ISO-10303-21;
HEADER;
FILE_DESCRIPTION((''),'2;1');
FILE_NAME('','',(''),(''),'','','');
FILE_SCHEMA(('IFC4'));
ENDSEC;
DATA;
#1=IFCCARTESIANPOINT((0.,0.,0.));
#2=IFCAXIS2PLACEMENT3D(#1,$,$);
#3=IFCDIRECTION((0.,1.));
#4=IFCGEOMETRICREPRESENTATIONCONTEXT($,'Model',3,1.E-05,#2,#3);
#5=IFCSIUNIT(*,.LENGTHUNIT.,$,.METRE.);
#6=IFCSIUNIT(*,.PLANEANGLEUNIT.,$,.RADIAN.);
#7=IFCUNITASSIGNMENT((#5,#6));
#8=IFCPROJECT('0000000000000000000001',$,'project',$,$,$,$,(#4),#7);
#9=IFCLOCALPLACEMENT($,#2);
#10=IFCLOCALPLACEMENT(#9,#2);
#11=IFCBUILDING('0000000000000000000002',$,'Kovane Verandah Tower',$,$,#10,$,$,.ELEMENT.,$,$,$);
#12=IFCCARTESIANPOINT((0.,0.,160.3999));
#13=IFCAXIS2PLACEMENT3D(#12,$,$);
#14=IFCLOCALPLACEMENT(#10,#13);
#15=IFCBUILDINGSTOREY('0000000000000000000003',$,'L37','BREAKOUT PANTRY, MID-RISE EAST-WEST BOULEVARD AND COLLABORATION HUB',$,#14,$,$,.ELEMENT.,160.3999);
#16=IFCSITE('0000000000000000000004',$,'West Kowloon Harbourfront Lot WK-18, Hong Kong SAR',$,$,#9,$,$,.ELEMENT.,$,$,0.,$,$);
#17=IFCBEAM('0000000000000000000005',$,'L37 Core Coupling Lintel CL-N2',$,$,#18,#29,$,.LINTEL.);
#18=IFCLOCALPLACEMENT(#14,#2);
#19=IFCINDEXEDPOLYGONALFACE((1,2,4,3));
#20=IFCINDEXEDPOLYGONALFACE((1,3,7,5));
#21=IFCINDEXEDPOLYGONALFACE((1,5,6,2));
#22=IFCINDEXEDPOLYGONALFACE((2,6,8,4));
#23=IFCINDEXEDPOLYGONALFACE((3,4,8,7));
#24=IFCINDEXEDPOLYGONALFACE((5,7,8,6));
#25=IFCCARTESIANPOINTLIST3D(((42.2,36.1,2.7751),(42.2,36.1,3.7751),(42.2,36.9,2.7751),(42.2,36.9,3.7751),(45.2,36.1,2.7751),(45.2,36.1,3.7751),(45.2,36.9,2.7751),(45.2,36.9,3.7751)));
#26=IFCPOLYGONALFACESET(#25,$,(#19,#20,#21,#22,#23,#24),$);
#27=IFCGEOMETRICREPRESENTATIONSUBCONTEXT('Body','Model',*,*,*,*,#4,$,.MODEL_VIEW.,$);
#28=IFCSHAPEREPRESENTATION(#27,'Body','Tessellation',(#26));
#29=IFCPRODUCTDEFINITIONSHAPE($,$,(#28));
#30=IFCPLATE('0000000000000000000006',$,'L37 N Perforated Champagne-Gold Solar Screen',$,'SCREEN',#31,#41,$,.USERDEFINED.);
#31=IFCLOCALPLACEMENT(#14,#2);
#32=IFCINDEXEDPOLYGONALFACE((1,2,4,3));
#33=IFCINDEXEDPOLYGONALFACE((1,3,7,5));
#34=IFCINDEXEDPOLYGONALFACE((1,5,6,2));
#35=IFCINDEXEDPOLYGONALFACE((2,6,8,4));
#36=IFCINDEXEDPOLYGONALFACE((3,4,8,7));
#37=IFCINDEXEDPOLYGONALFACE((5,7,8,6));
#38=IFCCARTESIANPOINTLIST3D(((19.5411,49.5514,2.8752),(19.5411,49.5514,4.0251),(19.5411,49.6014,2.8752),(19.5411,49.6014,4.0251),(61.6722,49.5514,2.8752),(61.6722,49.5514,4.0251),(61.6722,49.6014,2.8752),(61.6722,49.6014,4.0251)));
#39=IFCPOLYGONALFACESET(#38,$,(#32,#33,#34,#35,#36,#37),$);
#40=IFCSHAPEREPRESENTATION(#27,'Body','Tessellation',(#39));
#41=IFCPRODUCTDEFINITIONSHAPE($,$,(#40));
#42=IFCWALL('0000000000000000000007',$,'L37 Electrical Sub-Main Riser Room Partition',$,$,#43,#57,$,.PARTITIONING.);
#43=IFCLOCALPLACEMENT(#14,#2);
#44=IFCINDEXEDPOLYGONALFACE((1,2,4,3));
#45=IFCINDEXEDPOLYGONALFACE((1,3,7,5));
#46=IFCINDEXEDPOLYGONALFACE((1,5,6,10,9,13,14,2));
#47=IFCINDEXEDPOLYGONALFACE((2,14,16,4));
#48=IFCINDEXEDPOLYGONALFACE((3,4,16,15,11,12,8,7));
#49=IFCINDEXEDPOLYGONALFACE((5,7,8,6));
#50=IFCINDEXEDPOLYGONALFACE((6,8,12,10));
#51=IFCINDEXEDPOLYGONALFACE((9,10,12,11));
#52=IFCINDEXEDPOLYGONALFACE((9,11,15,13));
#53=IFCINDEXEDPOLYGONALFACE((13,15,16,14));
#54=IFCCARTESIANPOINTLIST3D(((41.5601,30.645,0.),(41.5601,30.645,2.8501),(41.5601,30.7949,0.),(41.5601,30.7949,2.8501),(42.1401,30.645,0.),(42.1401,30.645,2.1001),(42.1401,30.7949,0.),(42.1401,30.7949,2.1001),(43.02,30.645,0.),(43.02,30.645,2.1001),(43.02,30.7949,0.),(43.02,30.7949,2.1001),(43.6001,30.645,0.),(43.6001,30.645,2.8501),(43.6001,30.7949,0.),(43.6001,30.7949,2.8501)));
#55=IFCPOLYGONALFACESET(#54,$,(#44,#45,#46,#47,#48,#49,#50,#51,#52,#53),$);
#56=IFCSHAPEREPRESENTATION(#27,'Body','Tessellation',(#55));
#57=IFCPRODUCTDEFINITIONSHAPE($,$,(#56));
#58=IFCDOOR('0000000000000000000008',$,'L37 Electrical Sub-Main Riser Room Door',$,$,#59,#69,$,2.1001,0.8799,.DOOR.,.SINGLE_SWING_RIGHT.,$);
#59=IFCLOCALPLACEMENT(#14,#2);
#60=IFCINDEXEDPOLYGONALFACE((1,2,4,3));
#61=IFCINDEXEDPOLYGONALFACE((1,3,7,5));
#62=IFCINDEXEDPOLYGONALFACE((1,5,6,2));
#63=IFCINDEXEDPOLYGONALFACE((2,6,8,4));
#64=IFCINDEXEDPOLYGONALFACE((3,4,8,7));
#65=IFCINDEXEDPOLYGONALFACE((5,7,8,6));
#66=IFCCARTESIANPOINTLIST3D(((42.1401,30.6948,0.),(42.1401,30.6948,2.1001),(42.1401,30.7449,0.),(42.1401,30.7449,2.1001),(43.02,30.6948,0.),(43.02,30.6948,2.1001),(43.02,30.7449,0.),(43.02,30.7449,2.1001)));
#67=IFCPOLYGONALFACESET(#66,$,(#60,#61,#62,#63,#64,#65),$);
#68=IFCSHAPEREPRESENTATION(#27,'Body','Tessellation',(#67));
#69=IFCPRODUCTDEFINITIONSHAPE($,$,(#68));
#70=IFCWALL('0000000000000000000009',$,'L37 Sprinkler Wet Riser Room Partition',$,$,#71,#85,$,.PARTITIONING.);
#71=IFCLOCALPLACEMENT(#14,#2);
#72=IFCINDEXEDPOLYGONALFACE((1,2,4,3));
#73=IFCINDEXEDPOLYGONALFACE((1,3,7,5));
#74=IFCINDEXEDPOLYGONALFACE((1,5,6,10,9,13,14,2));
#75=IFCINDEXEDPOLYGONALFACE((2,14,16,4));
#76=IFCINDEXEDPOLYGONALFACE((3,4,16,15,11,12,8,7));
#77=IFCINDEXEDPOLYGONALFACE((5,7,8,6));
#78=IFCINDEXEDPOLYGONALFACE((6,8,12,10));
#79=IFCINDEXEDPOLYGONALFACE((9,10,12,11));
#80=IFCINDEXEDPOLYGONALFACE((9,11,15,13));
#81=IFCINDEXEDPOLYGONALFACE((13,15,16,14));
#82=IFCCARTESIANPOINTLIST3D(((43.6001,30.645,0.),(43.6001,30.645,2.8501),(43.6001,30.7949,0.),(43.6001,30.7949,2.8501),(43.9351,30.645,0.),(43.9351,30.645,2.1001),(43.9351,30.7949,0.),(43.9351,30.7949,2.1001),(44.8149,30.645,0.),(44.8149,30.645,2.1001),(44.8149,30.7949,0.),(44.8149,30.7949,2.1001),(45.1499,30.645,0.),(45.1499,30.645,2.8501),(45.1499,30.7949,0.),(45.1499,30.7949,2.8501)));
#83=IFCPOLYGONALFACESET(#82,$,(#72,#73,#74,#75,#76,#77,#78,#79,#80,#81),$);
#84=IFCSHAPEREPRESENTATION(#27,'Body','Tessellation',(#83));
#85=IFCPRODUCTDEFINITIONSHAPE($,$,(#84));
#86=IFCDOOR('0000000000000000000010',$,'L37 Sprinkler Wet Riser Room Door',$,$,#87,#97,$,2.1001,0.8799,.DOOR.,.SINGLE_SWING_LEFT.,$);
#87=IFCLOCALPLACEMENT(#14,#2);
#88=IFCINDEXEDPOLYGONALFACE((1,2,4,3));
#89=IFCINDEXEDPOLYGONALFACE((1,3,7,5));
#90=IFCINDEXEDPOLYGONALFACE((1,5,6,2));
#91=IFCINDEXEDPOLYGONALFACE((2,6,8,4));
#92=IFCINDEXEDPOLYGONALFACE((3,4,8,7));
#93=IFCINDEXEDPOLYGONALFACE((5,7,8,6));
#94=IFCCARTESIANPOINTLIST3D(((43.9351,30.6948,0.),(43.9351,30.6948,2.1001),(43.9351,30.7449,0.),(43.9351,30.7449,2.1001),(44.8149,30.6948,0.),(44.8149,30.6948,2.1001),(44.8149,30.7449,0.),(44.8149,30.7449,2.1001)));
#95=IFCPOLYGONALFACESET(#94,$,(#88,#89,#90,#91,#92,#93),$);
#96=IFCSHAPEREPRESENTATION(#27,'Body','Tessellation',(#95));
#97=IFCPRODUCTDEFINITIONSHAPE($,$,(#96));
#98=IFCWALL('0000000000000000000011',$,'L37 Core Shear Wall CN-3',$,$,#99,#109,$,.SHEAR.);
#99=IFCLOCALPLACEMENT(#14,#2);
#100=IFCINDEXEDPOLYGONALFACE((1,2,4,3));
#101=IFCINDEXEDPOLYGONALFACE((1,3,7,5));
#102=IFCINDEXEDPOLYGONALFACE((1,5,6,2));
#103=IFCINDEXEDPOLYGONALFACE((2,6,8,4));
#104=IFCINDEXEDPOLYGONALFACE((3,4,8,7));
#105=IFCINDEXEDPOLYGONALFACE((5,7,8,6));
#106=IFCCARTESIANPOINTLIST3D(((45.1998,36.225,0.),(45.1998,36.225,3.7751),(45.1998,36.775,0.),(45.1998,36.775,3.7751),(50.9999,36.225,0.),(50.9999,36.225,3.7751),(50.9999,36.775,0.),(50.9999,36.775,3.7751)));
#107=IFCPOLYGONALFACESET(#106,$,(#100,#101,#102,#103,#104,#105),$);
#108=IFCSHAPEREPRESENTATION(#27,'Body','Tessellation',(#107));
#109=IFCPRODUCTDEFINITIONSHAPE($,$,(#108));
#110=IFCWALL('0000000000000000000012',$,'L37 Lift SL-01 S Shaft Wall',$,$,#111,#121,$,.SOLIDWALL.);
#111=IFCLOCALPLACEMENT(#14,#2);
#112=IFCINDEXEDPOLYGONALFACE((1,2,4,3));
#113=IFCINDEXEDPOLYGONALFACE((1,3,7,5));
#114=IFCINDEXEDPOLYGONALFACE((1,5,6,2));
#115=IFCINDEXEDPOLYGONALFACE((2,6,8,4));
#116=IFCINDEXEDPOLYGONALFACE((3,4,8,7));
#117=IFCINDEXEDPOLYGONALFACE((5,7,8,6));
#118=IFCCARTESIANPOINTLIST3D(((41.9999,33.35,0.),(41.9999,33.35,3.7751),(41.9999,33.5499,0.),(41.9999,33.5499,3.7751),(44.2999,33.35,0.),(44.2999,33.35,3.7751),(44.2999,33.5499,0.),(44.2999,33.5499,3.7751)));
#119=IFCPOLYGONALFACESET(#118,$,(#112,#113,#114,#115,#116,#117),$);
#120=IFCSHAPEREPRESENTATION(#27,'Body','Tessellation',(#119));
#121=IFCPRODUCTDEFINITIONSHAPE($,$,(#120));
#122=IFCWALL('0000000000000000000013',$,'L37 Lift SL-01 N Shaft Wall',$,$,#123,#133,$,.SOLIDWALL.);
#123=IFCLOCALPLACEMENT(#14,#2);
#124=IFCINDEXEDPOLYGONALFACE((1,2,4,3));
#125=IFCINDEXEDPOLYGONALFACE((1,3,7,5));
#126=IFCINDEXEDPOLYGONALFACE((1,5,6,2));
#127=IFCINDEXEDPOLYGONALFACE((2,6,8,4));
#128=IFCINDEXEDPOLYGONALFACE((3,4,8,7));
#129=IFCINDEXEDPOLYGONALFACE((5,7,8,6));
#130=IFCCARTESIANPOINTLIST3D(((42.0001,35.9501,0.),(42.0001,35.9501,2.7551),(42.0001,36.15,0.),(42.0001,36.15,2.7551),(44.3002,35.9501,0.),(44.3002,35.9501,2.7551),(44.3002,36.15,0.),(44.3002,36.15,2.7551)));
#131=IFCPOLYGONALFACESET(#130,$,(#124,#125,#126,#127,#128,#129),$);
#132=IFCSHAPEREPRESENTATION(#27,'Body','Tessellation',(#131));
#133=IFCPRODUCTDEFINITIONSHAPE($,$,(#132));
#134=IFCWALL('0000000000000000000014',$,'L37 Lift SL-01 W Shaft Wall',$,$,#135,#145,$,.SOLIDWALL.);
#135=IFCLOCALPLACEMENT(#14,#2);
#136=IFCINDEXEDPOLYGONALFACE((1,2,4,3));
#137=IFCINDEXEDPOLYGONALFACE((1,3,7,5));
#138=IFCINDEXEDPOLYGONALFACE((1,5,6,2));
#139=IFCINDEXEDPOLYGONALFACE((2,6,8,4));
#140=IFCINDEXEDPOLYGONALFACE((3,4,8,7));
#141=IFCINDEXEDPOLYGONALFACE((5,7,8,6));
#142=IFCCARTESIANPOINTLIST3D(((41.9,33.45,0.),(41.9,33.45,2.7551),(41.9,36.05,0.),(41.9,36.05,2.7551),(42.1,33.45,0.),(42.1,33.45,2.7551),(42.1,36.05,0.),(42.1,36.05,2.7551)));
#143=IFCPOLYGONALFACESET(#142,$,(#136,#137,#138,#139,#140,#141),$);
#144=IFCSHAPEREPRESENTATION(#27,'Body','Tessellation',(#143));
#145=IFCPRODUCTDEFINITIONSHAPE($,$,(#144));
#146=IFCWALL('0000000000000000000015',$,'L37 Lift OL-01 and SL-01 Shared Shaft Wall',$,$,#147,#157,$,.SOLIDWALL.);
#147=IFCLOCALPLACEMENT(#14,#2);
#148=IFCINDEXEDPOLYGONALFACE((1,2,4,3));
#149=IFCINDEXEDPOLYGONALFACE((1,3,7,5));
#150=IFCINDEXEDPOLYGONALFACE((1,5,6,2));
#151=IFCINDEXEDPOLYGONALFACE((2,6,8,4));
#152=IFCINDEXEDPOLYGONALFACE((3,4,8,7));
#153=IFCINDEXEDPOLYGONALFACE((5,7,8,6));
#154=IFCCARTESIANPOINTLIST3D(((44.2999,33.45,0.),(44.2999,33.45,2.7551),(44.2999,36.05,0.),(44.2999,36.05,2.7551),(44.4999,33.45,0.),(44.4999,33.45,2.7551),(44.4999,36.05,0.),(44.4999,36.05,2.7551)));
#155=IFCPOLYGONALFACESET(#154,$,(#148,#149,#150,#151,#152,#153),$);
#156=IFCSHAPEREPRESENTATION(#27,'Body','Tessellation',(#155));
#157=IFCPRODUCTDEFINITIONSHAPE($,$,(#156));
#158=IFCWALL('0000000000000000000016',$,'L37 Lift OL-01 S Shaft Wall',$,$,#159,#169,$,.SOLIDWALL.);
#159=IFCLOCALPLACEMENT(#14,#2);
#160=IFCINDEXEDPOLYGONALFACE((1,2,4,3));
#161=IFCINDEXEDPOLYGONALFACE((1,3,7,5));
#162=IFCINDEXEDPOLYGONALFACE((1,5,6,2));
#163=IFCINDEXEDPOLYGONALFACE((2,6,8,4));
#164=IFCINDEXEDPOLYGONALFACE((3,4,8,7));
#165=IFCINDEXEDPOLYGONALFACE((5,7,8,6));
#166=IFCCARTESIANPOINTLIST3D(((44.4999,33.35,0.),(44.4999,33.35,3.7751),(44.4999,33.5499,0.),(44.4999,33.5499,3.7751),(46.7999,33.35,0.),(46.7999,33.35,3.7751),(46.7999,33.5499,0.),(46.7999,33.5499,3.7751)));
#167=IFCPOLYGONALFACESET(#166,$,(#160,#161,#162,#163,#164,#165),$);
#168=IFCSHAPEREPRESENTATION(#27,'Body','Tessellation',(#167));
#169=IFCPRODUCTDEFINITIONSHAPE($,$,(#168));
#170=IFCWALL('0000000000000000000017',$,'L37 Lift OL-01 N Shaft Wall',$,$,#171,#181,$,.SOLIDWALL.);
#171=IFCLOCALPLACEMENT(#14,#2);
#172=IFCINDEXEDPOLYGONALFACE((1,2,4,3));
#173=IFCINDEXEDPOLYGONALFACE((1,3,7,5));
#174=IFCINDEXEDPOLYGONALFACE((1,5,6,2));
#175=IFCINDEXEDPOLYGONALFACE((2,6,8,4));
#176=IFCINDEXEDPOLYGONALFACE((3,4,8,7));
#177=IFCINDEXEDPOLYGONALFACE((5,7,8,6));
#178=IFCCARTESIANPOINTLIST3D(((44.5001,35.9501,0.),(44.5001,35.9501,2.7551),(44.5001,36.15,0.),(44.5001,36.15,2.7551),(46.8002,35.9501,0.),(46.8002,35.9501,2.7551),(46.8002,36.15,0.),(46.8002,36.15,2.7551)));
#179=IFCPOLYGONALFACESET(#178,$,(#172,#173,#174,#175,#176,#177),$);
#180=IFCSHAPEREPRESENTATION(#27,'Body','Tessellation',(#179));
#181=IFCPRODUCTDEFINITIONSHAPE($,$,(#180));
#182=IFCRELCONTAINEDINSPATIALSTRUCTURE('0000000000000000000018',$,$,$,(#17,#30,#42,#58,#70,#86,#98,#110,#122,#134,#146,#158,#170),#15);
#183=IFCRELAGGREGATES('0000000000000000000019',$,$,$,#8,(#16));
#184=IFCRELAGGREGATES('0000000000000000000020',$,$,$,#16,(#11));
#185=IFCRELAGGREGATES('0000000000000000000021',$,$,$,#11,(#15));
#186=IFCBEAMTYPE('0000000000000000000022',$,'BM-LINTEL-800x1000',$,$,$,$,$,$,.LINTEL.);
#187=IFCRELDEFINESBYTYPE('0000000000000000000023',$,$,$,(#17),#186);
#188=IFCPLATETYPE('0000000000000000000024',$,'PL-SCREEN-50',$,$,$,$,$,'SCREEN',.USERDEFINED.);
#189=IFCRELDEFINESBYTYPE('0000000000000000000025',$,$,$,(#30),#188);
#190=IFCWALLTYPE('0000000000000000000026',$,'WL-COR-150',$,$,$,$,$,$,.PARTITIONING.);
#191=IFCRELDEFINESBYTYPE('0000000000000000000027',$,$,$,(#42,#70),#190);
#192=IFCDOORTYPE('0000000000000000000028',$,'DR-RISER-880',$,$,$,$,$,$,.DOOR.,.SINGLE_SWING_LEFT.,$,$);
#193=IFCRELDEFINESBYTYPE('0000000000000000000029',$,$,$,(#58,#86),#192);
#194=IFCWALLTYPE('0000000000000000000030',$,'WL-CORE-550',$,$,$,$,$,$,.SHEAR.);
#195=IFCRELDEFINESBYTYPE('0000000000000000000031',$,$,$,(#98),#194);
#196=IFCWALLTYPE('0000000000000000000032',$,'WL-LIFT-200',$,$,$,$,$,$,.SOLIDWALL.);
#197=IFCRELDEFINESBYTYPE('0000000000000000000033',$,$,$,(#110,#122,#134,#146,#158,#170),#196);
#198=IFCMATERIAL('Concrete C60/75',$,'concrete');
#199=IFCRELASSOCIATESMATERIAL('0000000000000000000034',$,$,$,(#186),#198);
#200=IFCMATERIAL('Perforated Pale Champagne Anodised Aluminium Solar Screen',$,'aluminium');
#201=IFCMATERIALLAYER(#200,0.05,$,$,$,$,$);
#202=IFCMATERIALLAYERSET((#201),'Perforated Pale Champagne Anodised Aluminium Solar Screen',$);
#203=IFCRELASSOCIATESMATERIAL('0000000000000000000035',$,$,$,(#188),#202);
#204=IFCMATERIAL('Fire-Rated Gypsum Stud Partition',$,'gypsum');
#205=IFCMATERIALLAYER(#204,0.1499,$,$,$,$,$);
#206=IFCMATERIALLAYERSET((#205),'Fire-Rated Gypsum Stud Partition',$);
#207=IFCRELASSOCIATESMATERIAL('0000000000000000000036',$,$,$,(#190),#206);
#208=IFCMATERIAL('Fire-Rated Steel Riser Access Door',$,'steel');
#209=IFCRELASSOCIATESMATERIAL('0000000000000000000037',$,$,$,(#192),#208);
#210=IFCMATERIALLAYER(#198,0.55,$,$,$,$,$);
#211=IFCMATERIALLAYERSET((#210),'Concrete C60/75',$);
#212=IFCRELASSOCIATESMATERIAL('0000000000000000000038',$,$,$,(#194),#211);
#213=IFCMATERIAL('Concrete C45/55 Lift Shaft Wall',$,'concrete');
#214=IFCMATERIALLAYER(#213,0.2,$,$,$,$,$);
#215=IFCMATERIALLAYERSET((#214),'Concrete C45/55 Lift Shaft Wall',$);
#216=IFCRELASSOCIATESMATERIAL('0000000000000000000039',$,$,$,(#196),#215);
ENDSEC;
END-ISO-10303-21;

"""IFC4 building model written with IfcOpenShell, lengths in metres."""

from ifc_helpers import new_model, si_unit, direction, frame, frame_2d, origin, origin_2d, place, context, subcontext, project, spatial, rectangle, extrude, material, layer, layer_set, material_profile, profile_set, type_object, element, fill, save


model = new_model("IFC4")

# Units and contexts
model_context = context("Model", 3, precision=1e-05, world=origin(), true_north=direction((0.0, 1.0)))
body_context = subcontext(model_context, "Body", "Model", "MODEL_VIEW")
ifc_project = project(units=[si_unit("LENGTHUNIT", "METRE"), si_unit("PLANEANGLEUNIT", "RADIAN")], contexts=[model_context])

# Site, building, storey
site_placement = place(None, origin())
site = spatial("IfcSite", under=ifc_project, at=site_placement, Name="West Kowloon Harbourfront Lot WK-18, Hong Kong SAR", CompositionType="ELEMENT", RefElevation=0.0)
building_placement = place(site_placement, origin())
building = spatial("IfcBuilding", under=site, at=building_placement, Name="Kovane Verandah Tower", CompositionType="ELEMENT")
storey_placement = place(building_placement, frame((0.0, 0.0, 160.3999)))
storey = spatial("IfcBuildingStorey", under=building, at=storey_placement, Name="L37", Description="BREAKOUT PANTRY, MID-RISE EAST-WEST BOULEVARD AND COLLABORATION HUB", CompositionType="ELEMENT", Elevation=160.3999)

# Beam
ifc_material_1 = material(Name="Concrete C60/75", Category="concrete")
ifc_material_profile = material_profile(ifc_material_1, rectangle(XDim=0.8, YDim=1.0, at=origin_2d()), Name="RCB800x1000")
ifc_profile_set = profile_set([ifc_material_profile], Name="Concrete C60/75")
beam_type = type_object("IfcBeamType", Name="BM-LINTEL-800x1000", PredefinedType="LINTEL", material=ifc_profile_set)
beam_placement = place(storey_placement, frame((42.2, 36.5, 3.2751), z_axis=(1.0, 0.0, 0.0), x_axis=(0.0, 1.0, 0.0)))
element("IfcBeam", 1, at=beam_placement, inside=storey, type_object=beam_type, Name="L37 Core Coupling Lintel CL-N2", PredefinedType="LINTEL", context=body_context, shape_type="SweptSolid", body=[
    extrude(rectangle(XDim=0.8, YDim=1.0, at=origin_2d()), origin(), (0.0, 0.0, 1.0), 3.0),
])

# Plate
ifc_material_2 = material(Name="Perforated Pale Champagne Anodised Aluminium Solar Screen", Category="aluminium")
ifc_layer_1 = layer(ifc_material_2, 0.05)
ifc_layer_set_1 = layer_set([ifc_layer_1], Name="Perforated Pale Champagne Anodised Aluminium Solar Screen")
plate_type = type_object("IfcPlateType", Name="PL-SCREEN-50", ElementType="SCREEN", PredefinedType="USERDEFINED", material=ifc_layer_set_1)
plate_placement = place(storey_placement, frame((40.6067, 49.5764, 2.8752), z_axis=(0.0, 0.0, 1.0), x_axis=(-1.0, 0.0, 0.0)))
element("IfcPlate", 2, at=plate_placement, inside=storey, type_object=plate_type, Name="L37 N Perforated Champagne-Gold Solar Screen", ObjectType="SCREEN", PredefinedType="USERDEFINED", context=body_context, shape_type="SweptSolid", body=[
    extrude(rectangle(XDim=42.1311, YDim=0.05, at=origin_2d()), origin(), (0.0, 0.0, 1.0), 1.1499),
])

# Walls, openings, doors
ifc_material_3 = material(Name="Fire-Rated Gypsum Stud Partition", Category="gypsum")
ifc_layer_2 = layer(ifc_material_3, 0.1499)
ifc_layer_set_2 = layer_set([ifc_layer_2], Name="Fire-Rated Gypsum Stud Partition")
wall_type_1 = type_object("IfcWallType", Name="WL-COR-150", PredefinedType="PARTITIONING", material=ifc_layer_set_2)
wall_1_placement = place(storey_placement, frame((41.5601, 30.72, 0.0), z_axis=(0.0, 0.0, 1.0), x_axis=(1.0, 0.0, 0.0)))
wall_1 = element("IfcWall", 3, at=wall_1_placement, inside=storey, type_object=wall_type_1, Name="L37 Electrical Sub-Main Riser Room Partition", PredefinedType="PARTITIONING", context=body_context, shape_type="SweptSolid", body=[
    extrude(rectangle(XDim=2.04, YDim=0.1499, at=frame_2d((1.02, 0.0))), origin(), (0.0, 0.0, 1.0), 2.8501),
])
opening_1_placement = place(wall_1_placement, frame((0.5801, 0.0, 0.0)))
opening_1 = element("IfcOpeningElement", 4, at=opening_1_placement, cuts=wall_1, PredefinedType="OPENING", context=body_context, shape_type="SweptSolid", body=[
    extrude(rectangle(XDim=0.8799, YDim=2.1001, at=frame_2d((0.4399, 1.05))), frame((0.0, 0.075, 0.0), z_axis=(0.0, -1.0, 0.0), x_axis=(1.0, 0.0, 0.0)), (0.0, 0.0, 1.0), 0.1499),
])
ifc_material_4 = material(Name="Fire-Rated Steel Riser Access Door", Category="steel")
door_type = type_object("IfcDoorType", Name="DR-RISER-880", OperationType="SINGLE_SWING_LEFT", PredefinedType="DOOR", material=ifc_material_4)
door_1_placement = place(opening_1_placement, origin())
door_1 = element("IfcDoor", 5, at=door_1_placement, inside=storey, type_object=door_type, Name="L37 Electrical Sub-Main Riser Room Door", OperationType="SINGLE_SWING_RIGHT", OverallHeight=2.1001, OverallWidth=0.8799, PredefinedType="DOOR", context=body_context, shape_type="SweptSolid", body=[
    extrude(rectangle(XDim=0.8799, YDim=2.1001, at=frame_2d((0.4399, 1.05))), frame((0.0, 0.0249, 0.0), z_axis=(0.0, -1.0, 0.0), x_axis=(1.0, 0.0, 0.0)), (0.0, 0.0, 1.0), 0.05),
])
fill(opening_1, door_1)
wall_2_placement = place(storey_placement, frame((43.6001, 30.72, 0.0), z_axis=(0.0, 0.0, 1.0), x_axis=(1.0, 0.0, 0.0)))
wall_2 = element("IfcWall", 6, at=wall_2_placement, inside=storey, type_object=wall_type_1, Name="L37 Sprinkler Wet Riser Room Partition", PredefinedType="PARTITIONING", context=body_context, shape_type="SweptSolid", body=[
    extrude(rectangle(XDim=1.5498, YDim=0.1499, at=frame_2d((0.7749, 0.0))), origin(), (0.0, 0.0, 1.0), 2.8501),
])
opening_2_placement = place(wall_2_placement, frame((0.335, 0.0, 0.0)))
opening_2 = element("IfcOpeningElement", 7, at=opening_2_placement, cuts=wall_2, PredefinedType="OPENING", context=body_context, shape_type="SweptSolid", body=[
    extrude(rectangle(XDim=0.8799, YDim=2.1001, at=frame_2d((0.4399, 1.05))), frame((0.0, 0.075, 0.0), z_axis=(0.0, -1.0, 0.0), x_axis=(1.0, 0.0, 0.0)), (0.0, 0.0, 1.0), 0.1499),
])
door_2_placement = place(opening_2_placement, origin())
door_2 = element("IfcDoor", 8, at=door_2_placement, inside=storey, type_object=door_type, Name="L37 Sprinkler Wet Riser Room Door", OperationType="SINGLE_SWING_LEFT", OverallHeight=2.1001, OverallWidth=0.8799, PredefinedType="DOOR", context=body_context, shape_type="SweptSolid", body=[
    extrude(rectangle(XDim=0.8799, YDim=2.1001, at=frame_2d((0.4399, 1.05))), frame((0.0, 0.0249, 0.0), z_axis=(0.0, -1.0, 0.0), x_axis=(1.0, 0.0, 0.0)), (0.0, 0.0, 1.0), 0.05),
])
fill(opening_2, door_2)

# Walls
ifc_layer_3 = layer(ifc_material_1, 0.55)
ifc_layer_set_3 = layer_set([ifc_layer_3], Name="Concrete C60/75")
wall_type_2 = type_object("IfcWallType", Name="WL-CORE-550", PredefinedType="SHEAR", material=ifc_layer_set_3)
wall_3_placement = place(storey_placement, frame((45.2, 36.5, 0.0), z_axis=(0.0, 0.0, 1.0), x_axis=(1.0, 0.0, 0.0)))
element("IfcWall", 9, at=wall_3_placement, inside=storey, type_object=wall_type_2, Name="L37 Core Shear Wall CN-3", PredefinedType="SHEAR", context=body_context, shape_type="SweptSolid", body=[
    extrude(rectangle(XDim=5.8, YDim=0.55, at=frame_2d((2.8999, 0.0))), origin(), (0.0, 0.0, 1.0), 3.7751),
])
ifc_material_5 = material(Name="Concrete C45/55 Lift Shaft Wall", Category="concrete")
ifc_layer_4 = layer(ifc_material_5, 0.2)
ifc_layer_set_4 = layer_set([ifc_layer_4], Name="Concrete C45/55 Lift Shaft Wall")
wall_type_3 = type_object("IfcWallType", Name="WL-LIFT-200", PredefinedType="SOLIDWALL", material=ifc_layer_set_4)
wall_4_placement = place(storey_placement, frame((42.0, 33.45, 0.0), z_axis=(0.0, 0.0, 1.0), x_axis=(1.0, 0.0, 0.0)))
element("IfcWall", 10, at=wall_4_placement, inside=storey, type_object=wall_type_3, Name="L37 Lift SL-01 S Shaft Wall", PredefinedType="SOLIDWALL", context=body_context, shape_type="SweptSolid", body=[
    extrude(rectangle(XDim=2.3, YDim=0.2, at=frame_2d((1.1499, 0.0))), origin(), (0.0, 0.0, 1.0), 3.7751),
])
wall_5_placement = place(storey_placement, frame((44.3, 36.05, 0.0), z_axis=(0.0, 0.0, 1.0), x_axis=(-1.0, 0.0, 0.0)))
element("IfcWall", 11, at=wall_5_placement, inside=storey, type_object=wall_type_3, Name="L37 Lift SL-01 N Shaft Wall", PredefinedType="SOLIDWALL", context=body_context, shape_type="SweptSolid", body=[
    extrude(rectangle(XDim=2.3, YDim=0.2, at=frame_2d((1.1499, 0.0))), origin(), (0.0, 0.0, 1.0), 2.7551),
])
for number, where, z_axis, x_axis, name in (
    (12, (42.0, 36.05, 0.0), (0.0, 0.0, 1.0), (0.0, -1.0, 0.0), "L37 Lift SL-01 W Shaft Wall"),
    (13, (44.3999, 33.45, 0.0), (0.0, 0.0, 1.0), (0.0, 1.0, 0.0), "L37 Lift OL-01 and SL-01 Shared Shaft Wall"),
):
    element("IfcWall", number, at=place(storey_placement, frame(where, z_axis=z_axis, x_axis=x_axis)), inside=storey, type_object=wall_type_3, Name=name, PredefinedType="SOLIDWALL", context=body_context, shape_type="SweptSolid", body=[
        extrude(rectangle(XDim=2.6001, YDim=0.2, at=frame_2d((1.3, 0.0))), origin(), (0.0, 0.0, 1.0), 2.7551),
    ])
wall_6_placement = place(storey_placement, frame((44.5, 33.45, 0.0), z_axis=(0.0, 0.0, 1.0), x_axis=(1.0, 0.0, 0.0)))
element("IfcWall", 14, at=wall_6_placement, inside=storey, type_object=wall_type_3, Name="L37 Lift OL-01 S Shaft Wall", PredefinedType="SOLIDWALL", context=body_context, shape_type="SweptSolid", body=[
    extrude(rectangle(XDim=2.3, YDim=0.2, at=frame_2d((1.1499, 0.0))), origin(), (0.0, 0.0, 1.0), 3.7751),
])
wall_7_placement = place(storey_placement, frame((46.8, 36.05, 0.0), z_axis=(0.0, 0.0, 1.0), x_axis=(-1.0, 0.0, 0.0)))
element("IfcWall", 15, at=wall_7_placement, inside=storey, type_object=wall_type_3, Name="L37 Lift OL-01 N Shaft Wall", PredefinedType="SOLIDWALL", context=body_context, shape_type="SweptSolid", body=[
    extrude(rectangle(XDim=2.3, YDim=0.2, at=frame_2d((1.1499, 0.0))), origin(), (0.0, 0.0, 1.0), 2.7551),
])

save(model, "model.ifc")
